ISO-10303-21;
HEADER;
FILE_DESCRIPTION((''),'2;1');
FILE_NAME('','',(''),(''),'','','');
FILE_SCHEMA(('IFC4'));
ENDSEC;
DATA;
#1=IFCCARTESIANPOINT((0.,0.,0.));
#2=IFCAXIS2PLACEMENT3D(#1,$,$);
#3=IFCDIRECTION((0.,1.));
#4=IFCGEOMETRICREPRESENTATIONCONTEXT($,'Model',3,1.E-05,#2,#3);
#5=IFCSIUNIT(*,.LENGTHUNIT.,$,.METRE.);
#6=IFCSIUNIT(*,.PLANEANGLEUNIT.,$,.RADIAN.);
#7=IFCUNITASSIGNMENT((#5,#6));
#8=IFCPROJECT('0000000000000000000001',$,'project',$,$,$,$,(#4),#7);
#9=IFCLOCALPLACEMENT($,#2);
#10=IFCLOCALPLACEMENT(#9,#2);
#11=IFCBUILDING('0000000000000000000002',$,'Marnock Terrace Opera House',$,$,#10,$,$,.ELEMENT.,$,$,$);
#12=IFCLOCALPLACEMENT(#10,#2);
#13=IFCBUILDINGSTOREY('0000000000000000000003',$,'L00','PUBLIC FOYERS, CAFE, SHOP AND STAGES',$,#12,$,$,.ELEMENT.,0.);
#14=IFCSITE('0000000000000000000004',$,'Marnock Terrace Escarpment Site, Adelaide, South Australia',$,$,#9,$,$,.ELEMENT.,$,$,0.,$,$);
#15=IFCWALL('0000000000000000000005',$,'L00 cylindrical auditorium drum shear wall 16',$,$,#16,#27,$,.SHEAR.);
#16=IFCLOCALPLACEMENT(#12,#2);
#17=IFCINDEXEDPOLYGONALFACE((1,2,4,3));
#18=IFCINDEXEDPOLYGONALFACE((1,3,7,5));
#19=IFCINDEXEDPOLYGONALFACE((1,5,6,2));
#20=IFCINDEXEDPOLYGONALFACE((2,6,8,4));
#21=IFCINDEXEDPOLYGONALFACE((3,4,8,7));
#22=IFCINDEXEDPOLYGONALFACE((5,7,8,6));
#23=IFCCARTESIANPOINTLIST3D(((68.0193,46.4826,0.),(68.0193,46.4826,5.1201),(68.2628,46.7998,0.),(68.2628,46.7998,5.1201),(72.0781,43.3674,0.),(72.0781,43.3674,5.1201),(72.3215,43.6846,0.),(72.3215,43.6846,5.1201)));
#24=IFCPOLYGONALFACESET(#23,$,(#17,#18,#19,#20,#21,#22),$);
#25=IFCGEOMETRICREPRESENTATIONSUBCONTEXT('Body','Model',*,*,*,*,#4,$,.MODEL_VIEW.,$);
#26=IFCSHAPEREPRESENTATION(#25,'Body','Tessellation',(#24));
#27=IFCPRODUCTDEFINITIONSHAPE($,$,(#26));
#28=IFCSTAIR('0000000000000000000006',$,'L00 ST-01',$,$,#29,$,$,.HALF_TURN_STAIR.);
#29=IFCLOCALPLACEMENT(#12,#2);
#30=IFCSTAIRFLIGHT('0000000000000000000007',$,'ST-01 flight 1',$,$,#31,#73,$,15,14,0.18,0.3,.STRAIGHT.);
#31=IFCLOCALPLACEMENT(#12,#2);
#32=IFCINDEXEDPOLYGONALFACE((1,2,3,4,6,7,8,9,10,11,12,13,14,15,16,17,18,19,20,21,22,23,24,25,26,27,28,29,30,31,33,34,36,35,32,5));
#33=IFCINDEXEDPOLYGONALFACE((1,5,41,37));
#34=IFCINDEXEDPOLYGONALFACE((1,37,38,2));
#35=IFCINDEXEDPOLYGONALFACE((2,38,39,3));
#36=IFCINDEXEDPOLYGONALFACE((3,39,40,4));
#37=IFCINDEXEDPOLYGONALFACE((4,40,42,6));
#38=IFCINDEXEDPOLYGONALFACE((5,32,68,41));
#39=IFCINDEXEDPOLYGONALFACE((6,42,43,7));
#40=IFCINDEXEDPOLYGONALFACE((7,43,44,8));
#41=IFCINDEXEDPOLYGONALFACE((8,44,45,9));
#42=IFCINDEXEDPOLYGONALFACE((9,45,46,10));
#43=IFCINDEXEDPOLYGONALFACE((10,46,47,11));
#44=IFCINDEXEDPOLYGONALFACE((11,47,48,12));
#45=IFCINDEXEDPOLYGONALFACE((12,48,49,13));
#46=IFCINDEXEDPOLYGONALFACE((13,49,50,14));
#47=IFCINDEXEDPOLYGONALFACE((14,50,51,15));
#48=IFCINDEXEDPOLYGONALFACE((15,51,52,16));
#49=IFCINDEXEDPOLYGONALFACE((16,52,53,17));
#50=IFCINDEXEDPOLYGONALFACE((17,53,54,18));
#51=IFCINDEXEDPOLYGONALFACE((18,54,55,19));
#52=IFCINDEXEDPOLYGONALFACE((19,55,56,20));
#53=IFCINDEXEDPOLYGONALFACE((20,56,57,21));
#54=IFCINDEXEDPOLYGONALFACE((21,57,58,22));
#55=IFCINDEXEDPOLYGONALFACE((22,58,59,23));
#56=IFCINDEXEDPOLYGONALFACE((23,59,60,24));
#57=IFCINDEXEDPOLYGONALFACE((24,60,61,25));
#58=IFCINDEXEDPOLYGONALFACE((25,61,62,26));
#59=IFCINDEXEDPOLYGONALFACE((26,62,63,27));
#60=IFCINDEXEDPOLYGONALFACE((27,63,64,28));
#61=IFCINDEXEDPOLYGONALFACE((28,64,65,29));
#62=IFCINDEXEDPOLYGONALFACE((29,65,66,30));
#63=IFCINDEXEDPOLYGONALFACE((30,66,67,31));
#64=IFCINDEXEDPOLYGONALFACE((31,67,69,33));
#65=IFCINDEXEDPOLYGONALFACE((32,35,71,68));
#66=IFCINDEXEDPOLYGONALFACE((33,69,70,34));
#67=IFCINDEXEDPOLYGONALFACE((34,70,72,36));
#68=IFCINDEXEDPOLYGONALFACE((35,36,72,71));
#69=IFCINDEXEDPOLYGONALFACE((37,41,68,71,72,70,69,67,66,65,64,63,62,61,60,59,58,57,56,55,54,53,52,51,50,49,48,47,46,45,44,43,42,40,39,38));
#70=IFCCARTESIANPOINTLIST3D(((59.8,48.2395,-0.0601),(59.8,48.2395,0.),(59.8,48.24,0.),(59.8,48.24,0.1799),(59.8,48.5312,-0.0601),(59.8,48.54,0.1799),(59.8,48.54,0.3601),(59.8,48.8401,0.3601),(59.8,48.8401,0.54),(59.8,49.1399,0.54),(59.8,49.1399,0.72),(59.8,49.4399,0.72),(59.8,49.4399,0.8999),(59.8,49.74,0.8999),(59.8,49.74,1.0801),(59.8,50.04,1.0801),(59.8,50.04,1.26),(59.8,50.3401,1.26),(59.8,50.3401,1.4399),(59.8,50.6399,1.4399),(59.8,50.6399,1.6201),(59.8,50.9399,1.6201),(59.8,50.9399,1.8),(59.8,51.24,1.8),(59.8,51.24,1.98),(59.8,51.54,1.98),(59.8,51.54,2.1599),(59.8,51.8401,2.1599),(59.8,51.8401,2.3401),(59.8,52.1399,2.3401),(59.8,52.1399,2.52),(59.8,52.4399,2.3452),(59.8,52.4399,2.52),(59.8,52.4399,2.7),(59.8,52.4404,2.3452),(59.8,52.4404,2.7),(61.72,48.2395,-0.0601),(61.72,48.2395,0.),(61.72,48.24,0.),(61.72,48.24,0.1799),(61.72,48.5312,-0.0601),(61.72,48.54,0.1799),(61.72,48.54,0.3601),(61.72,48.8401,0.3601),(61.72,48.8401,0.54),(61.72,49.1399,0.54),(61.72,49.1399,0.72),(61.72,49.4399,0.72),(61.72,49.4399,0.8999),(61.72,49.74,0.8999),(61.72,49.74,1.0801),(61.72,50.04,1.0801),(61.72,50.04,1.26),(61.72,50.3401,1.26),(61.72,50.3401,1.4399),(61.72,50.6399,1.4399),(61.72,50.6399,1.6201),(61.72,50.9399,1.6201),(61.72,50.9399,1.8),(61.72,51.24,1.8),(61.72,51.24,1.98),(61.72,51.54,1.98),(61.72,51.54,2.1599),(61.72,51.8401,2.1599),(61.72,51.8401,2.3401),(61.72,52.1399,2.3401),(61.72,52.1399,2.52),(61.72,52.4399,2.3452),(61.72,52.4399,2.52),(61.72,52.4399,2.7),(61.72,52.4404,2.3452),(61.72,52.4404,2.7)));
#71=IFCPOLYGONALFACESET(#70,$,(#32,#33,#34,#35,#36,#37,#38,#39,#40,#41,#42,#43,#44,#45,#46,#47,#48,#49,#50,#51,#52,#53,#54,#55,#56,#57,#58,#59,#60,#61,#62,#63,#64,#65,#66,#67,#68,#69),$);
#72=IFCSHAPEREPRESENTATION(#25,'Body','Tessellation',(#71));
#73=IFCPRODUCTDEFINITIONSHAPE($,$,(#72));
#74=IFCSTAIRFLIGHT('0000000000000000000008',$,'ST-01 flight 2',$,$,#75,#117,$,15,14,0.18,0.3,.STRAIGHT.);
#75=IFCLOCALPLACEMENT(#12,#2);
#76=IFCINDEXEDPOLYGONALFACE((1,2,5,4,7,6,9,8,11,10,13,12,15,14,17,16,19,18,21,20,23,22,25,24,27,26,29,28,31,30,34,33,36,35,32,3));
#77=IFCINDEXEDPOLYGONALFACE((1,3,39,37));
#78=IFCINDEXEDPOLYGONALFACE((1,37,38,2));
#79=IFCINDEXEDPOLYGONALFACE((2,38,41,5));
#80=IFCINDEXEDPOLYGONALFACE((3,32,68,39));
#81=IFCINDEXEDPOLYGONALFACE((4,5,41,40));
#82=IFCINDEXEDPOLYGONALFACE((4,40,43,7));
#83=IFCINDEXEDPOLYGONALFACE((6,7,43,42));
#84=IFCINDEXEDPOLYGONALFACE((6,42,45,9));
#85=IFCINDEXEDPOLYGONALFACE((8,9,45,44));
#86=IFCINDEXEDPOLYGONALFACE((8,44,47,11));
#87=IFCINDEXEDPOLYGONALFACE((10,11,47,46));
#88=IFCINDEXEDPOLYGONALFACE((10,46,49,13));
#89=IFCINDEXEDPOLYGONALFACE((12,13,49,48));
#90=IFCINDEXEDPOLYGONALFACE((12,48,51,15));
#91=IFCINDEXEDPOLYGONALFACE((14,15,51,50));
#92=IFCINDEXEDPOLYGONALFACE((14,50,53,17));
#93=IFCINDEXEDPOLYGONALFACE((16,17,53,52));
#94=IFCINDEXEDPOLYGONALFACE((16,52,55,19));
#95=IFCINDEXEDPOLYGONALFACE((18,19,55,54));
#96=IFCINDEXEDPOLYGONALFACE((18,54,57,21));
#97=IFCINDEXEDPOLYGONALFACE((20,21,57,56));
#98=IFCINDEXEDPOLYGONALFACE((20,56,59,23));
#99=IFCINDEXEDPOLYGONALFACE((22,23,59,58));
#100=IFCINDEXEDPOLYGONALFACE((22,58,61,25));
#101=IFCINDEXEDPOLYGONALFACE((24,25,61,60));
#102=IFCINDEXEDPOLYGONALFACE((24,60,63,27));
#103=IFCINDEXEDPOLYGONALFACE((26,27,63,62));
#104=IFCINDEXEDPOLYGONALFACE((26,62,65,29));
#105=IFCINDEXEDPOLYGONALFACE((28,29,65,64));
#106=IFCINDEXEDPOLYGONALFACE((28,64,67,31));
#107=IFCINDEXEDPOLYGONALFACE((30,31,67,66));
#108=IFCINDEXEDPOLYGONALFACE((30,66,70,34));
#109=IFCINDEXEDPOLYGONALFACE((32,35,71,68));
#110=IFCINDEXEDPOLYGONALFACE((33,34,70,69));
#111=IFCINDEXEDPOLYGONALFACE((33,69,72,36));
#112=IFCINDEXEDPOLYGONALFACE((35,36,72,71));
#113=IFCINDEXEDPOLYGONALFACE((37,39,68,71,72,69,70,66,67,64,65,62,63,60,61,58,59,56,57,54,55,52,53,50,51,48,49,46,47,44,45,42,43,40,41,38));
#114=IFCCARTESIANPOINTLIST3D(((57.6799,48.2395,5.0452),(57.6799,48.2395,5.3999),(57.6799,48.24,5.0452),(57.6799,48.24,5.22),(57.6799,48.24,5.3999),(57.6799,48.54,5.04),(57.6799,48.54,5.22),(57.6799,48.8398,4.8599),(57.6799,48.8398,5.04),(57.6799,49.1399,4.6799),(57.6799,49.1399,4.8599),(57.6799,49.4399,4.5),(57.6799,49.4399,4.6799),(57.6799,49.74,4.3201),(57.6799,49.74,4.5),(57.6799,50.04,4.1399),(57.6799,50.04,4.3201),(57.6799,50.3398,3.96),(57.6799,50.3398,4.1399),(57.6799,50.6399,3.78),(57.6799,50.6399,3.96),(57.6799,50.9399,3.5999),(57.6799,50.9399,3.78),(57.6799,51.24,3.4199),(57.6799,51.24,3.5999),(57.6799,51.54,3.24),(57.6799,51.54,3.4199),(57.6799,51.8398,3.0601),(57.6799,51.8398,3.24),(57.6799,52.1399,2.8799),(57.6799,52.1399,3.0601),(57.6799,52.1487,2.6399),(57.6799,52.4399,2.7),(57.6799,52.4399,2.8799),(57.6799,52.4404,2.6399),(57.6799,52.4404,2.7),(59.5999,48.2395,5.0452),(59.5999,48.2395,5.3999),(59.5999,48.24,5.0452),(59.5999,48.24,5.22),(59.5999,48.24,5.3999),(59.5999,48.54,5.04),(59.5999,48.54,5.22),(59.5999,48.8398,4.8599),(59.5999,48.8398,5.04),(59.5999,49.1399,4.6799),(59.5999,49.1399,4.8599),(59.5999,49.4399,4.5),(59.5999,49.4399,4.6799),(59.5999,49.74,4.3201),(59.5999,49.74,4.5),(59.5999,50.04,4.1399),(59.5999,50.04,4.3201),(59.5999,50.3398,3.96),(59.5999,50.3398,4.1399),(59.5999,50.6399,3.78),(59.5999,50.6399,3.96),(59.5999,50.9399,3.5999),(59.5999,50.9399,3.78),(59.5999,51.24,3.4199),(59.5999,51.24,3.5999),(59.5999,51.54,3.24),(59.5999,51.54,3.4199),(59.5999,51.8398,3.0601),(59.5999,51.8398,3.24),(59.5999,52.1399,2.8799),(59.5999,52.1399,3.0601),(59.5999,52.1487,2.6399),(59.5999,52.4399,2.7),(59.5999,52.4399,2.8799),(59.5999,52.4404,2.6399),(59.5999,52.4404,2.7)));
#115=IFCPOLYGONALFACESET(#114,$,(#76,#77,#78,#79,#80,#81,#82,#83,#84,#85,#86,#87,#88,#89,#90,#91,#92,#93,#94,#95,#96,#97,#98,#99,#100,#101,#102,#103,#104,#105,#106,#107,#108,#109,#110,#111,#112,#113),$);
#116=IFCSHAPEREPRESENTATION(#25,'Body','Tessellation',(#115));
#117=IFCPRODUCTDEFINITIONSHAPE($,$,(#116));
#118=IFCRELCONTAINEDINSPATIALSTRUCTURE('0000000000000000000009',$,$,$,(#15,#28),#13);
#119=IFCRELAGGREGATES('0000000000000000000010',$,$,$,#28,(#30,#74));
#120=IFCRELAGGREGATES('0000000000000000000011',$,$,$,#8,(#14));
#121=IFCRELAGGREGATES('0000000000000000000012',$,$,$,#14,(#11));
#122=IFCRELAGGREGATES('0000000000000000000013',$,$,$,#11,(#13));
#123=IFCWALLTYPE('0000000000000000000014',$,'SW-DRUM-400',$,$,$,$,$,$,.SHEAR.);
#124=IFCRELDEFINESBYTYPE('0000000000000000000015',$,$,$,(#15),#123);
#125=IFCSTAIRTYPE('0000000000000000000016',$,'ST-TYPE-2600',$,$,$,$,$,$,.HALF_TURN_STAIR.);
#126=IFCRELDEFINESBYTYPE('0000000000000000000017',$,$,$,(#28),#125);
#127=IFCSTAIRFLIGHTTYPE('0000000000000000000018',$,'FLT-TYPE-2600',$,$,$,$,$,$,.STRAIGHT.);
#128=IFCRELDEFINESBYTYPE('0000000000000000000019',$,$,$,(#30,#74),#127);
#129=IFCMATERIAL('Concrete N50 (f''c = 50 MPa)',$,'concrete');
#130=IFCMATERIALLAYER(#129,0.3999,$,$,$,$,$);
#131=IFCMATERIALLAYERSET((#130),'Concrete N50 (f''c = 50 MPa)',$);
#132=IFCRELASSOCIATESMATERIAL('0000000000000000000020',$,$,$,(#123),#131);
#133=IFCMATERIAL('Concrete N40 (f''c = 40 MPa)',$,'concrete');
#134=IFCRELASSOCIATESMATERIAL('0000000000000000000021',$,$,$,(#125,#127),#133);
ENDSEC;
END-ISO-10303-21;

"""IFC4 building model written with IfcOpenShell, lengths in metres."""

from ifc_helpers import new_model, si_unit, direction, frame, frame_2d, origin, place, context, subcontext, project, spatial, polyline, rectangle, outline, extrude, material, layer, layer_set, type_object, element, aggregate, save


model = new_model("IFC4")

# Units and contexts
model_context = context("Model", 3, precision=1e-05, world=origin(), true_north=direction((0.0, 1.0)))
body_context = subcontext(model_context, "Body", "Model", "MODEL_VIEW")
ifc_project = project(units=[si_unit("LENGTHUNIT", "METRE"), si_unit("PLANEANGLEUNIT", "RADIAN")], contexts=[model_context])

# Site, building, storey
site_placement = place(None, origin())
site = spatial("IfcSite", under=ifc_project, at=site_placement, Name="Marnock Terrace Escarpment Site, Adelaide, South Australia", CompositionType="ELEMENT", RefElevation=0.0)
building_placement = place(site_placement, origin())
building = spatial("IfcBuilding", under=site, at=building_placement, Name="Marnock Terrace Opera House", CompositionType="ELEMENT")
storey_placement = place(building_placement, origin())
storey = spatial("IfcBuildingStorey", under=building, at=storey_placement, Name="L00", Description="PUBLIC FOYERS, CAFE, SHOP AND STAGES", CompositionType="ELEMENT", Elevation=0.0)

# Shared definitions
ifc_material_1 = material(Name="Concrete N50 (f'c = 50 MPa)", Category="concrete")

# Shared definitions
ifc_material_2 = material(Name="Concrete N40 (f'c = 40 MPa)", Category="concrete")

# Wall
ifc_layer_1 = layer(ifc_material_1, 0.3999)
ifc_layer_set_1 = layer_set([ifc_layer_1], Name="Concrete N50 (f'c = 50 MPa)")
wall_type_1 = type_object("IfcWallType", Name="SW-DRUM-400", PredefinedType="SHEAR", material=ifc_layer_set_1)
for number, where, z_axis, x_axis, name in (
    (1, (68.1411, 46.6411, 0.0), (0.0, 0.0, 1.0), (0.79328, -0.608857, 0.0), "L00 cylindrical auditorium drum shear wall 16"),
):
    element("IfcWall", number, at=place(storey_placement, frame(where, z_axis=z_axis, x_axis=x_axis)), inside=storey, type_object=wall_type_1, Name=name, PredefinedType="SHEAR", context=body_context, shape_type="SweptSolid", body=[
        extrude(rectangle(XDim=5.1165, YDim=0.3999, at=frame_2d((2.5581, 0.0))), origin(), (0.0, 0.0, 1.0), 5.1201),
    ])

# Stair, stair flights
stair_type = type_object("IfcStairType", Name="ST-TYPE-2600", PredefinedType="HALF_TURN_STAIR", material=ifc_material_2)
stair_placement = place(storey_placement, origin())
stair = element("IfcStair", 2, at=stair_placement, inside=storey, type_object=stair_type, Name="L00 ST-01", PredefinedType="HALF_TURN_STAIR")
stair_flight_type = type_object("IfcStairFlightType", Name="FLT-TYPE-2600", PredefinedType="STRAIGHT", material=ifc_material_2)
stair_flight_1_placement = place(storey_placement, frame((60.76, 48.24, 0.0), z_axis=(0.0, 0.0, 1.0), x_axis=(0.0, 1.0, 0.0)))
stair_flight_1 = element("IfcStairFlight", 3, at=stair_flight_1_placement, type_object=stair_flight_type, Name="ST-01 flight 1", NumberOfRisers=15, NumberOfTreads=14, PredefinedType="STRAIGHT", RiserHeight=0.18, TreadLength=0.3, context=body_context, shape_type="SweptSolid", body=[
    extrude(outline(polyline([(-0.0005, -0.0601), (-0.0005, 0.0), (0.0, 0.0), (0.0, 0.1799), (0.3, 0.1799), (0.3, 0.3601), (0.6001, 0.3601), (0.6001, 0.54), (0.8999, 0.54), (0.8999, 0.72), (1.2, 0.72), (1.2, 0.8999), (1.5, 0.8999), (1.5, 1.0801), (1.8, 1.0801), (1.8, 1.26), (2.1001, 1.26), (2.1001, 1.4399), (2.3999, 1.4399), (2.3999, 1.6201), (2.7, 1.6201), (2.7, 1.8), (3.0, 1.8), (3.0, 1.98), (3.3, 1.98), (3.3, 2.1599), (3.6001, 2.1599), (3.6001, 2.3401), (3.8999, 2.3401), (3.8999, 2.52), (4.2, 2.52), (4.2, 2.7), (4.2004, 2.7), (4.2004, 2.3452), (4.2, 2.3452), (0.2913, -0.0601), (-0.0005, -0.0601)])), frame((0.0, 0.96, 0.0), z_axis=(0.0, -1.0, 0.0), x_axis=(1.0, 0.0, 0.0)), (0.0, 0.0, 1.0), 1.9199),
])
stair_flight_2_placement = place(storey_placement, frame((58.6399, 52.4399, 2.7), z_axis=(0.0, 0.0, 1.0), x_axis=(0.0, -1.0, 0.0)))
stair_flight_2 = element("IfcStairFlight", 4, at=stair_flight_2_placement, type_object=stair_flight_type, Name="ST-01 flight 2", NumberOfRisers=15, NumberOfTreads=14, PredefinedType="STRAIGHT", RiserHeight=0.18, TreadLength=0.3, context=body_context, shape_type="SweptSolid", body=[
    extrude(outline(polyline([(-0.0005, -0.0601), (-0.0005, 0.0), (0.0, 0.0), (0.0, 0.1799), (0.3, 0.1799), (0.3, 0.3601), (0.6001, 0.3601), (0.6001, 0.54), (0.8999, 0.54), (0.8999, 0.72), (1.2, 0.72), (1.2, 0.8999), (1.5, 0.8999), (1.5, 1.0801), (1.8, 1.0801), (1.8, 1.26), (2.1001, 1.26), (2.1001, 1.4399), (2.3999, 1.4399), (2.3999, 1.6201), (2.7, 1.6201), (2.7, 1.8), (3.0, 1.8), (3.0, 1.98), (3.3, 1.98), (3.3, 2.1599), (3.6001, 2.1599), (3.6001, 2.3401), (3.8999, 2.3401), (3.8999, 2.52), (4.2, 2.52), (4.2, 2.7), (4.2004, 2.7), (4.2004, 2.3452), (4.2, 2.3452), (0.2913, -0.0601), (-0.0005, -0.0601)])), frame((0.0, 0.96, 0.0), z_axis=(0.0, -1.0, 0.0), x_axis=(1.0, 0.0, 0.0)), (0.0, 0.0, 1.0), 1.9199),
])
aggregate(stair, [stair_flight_1, stair_flight_2])

save(model, "model.ifc")
